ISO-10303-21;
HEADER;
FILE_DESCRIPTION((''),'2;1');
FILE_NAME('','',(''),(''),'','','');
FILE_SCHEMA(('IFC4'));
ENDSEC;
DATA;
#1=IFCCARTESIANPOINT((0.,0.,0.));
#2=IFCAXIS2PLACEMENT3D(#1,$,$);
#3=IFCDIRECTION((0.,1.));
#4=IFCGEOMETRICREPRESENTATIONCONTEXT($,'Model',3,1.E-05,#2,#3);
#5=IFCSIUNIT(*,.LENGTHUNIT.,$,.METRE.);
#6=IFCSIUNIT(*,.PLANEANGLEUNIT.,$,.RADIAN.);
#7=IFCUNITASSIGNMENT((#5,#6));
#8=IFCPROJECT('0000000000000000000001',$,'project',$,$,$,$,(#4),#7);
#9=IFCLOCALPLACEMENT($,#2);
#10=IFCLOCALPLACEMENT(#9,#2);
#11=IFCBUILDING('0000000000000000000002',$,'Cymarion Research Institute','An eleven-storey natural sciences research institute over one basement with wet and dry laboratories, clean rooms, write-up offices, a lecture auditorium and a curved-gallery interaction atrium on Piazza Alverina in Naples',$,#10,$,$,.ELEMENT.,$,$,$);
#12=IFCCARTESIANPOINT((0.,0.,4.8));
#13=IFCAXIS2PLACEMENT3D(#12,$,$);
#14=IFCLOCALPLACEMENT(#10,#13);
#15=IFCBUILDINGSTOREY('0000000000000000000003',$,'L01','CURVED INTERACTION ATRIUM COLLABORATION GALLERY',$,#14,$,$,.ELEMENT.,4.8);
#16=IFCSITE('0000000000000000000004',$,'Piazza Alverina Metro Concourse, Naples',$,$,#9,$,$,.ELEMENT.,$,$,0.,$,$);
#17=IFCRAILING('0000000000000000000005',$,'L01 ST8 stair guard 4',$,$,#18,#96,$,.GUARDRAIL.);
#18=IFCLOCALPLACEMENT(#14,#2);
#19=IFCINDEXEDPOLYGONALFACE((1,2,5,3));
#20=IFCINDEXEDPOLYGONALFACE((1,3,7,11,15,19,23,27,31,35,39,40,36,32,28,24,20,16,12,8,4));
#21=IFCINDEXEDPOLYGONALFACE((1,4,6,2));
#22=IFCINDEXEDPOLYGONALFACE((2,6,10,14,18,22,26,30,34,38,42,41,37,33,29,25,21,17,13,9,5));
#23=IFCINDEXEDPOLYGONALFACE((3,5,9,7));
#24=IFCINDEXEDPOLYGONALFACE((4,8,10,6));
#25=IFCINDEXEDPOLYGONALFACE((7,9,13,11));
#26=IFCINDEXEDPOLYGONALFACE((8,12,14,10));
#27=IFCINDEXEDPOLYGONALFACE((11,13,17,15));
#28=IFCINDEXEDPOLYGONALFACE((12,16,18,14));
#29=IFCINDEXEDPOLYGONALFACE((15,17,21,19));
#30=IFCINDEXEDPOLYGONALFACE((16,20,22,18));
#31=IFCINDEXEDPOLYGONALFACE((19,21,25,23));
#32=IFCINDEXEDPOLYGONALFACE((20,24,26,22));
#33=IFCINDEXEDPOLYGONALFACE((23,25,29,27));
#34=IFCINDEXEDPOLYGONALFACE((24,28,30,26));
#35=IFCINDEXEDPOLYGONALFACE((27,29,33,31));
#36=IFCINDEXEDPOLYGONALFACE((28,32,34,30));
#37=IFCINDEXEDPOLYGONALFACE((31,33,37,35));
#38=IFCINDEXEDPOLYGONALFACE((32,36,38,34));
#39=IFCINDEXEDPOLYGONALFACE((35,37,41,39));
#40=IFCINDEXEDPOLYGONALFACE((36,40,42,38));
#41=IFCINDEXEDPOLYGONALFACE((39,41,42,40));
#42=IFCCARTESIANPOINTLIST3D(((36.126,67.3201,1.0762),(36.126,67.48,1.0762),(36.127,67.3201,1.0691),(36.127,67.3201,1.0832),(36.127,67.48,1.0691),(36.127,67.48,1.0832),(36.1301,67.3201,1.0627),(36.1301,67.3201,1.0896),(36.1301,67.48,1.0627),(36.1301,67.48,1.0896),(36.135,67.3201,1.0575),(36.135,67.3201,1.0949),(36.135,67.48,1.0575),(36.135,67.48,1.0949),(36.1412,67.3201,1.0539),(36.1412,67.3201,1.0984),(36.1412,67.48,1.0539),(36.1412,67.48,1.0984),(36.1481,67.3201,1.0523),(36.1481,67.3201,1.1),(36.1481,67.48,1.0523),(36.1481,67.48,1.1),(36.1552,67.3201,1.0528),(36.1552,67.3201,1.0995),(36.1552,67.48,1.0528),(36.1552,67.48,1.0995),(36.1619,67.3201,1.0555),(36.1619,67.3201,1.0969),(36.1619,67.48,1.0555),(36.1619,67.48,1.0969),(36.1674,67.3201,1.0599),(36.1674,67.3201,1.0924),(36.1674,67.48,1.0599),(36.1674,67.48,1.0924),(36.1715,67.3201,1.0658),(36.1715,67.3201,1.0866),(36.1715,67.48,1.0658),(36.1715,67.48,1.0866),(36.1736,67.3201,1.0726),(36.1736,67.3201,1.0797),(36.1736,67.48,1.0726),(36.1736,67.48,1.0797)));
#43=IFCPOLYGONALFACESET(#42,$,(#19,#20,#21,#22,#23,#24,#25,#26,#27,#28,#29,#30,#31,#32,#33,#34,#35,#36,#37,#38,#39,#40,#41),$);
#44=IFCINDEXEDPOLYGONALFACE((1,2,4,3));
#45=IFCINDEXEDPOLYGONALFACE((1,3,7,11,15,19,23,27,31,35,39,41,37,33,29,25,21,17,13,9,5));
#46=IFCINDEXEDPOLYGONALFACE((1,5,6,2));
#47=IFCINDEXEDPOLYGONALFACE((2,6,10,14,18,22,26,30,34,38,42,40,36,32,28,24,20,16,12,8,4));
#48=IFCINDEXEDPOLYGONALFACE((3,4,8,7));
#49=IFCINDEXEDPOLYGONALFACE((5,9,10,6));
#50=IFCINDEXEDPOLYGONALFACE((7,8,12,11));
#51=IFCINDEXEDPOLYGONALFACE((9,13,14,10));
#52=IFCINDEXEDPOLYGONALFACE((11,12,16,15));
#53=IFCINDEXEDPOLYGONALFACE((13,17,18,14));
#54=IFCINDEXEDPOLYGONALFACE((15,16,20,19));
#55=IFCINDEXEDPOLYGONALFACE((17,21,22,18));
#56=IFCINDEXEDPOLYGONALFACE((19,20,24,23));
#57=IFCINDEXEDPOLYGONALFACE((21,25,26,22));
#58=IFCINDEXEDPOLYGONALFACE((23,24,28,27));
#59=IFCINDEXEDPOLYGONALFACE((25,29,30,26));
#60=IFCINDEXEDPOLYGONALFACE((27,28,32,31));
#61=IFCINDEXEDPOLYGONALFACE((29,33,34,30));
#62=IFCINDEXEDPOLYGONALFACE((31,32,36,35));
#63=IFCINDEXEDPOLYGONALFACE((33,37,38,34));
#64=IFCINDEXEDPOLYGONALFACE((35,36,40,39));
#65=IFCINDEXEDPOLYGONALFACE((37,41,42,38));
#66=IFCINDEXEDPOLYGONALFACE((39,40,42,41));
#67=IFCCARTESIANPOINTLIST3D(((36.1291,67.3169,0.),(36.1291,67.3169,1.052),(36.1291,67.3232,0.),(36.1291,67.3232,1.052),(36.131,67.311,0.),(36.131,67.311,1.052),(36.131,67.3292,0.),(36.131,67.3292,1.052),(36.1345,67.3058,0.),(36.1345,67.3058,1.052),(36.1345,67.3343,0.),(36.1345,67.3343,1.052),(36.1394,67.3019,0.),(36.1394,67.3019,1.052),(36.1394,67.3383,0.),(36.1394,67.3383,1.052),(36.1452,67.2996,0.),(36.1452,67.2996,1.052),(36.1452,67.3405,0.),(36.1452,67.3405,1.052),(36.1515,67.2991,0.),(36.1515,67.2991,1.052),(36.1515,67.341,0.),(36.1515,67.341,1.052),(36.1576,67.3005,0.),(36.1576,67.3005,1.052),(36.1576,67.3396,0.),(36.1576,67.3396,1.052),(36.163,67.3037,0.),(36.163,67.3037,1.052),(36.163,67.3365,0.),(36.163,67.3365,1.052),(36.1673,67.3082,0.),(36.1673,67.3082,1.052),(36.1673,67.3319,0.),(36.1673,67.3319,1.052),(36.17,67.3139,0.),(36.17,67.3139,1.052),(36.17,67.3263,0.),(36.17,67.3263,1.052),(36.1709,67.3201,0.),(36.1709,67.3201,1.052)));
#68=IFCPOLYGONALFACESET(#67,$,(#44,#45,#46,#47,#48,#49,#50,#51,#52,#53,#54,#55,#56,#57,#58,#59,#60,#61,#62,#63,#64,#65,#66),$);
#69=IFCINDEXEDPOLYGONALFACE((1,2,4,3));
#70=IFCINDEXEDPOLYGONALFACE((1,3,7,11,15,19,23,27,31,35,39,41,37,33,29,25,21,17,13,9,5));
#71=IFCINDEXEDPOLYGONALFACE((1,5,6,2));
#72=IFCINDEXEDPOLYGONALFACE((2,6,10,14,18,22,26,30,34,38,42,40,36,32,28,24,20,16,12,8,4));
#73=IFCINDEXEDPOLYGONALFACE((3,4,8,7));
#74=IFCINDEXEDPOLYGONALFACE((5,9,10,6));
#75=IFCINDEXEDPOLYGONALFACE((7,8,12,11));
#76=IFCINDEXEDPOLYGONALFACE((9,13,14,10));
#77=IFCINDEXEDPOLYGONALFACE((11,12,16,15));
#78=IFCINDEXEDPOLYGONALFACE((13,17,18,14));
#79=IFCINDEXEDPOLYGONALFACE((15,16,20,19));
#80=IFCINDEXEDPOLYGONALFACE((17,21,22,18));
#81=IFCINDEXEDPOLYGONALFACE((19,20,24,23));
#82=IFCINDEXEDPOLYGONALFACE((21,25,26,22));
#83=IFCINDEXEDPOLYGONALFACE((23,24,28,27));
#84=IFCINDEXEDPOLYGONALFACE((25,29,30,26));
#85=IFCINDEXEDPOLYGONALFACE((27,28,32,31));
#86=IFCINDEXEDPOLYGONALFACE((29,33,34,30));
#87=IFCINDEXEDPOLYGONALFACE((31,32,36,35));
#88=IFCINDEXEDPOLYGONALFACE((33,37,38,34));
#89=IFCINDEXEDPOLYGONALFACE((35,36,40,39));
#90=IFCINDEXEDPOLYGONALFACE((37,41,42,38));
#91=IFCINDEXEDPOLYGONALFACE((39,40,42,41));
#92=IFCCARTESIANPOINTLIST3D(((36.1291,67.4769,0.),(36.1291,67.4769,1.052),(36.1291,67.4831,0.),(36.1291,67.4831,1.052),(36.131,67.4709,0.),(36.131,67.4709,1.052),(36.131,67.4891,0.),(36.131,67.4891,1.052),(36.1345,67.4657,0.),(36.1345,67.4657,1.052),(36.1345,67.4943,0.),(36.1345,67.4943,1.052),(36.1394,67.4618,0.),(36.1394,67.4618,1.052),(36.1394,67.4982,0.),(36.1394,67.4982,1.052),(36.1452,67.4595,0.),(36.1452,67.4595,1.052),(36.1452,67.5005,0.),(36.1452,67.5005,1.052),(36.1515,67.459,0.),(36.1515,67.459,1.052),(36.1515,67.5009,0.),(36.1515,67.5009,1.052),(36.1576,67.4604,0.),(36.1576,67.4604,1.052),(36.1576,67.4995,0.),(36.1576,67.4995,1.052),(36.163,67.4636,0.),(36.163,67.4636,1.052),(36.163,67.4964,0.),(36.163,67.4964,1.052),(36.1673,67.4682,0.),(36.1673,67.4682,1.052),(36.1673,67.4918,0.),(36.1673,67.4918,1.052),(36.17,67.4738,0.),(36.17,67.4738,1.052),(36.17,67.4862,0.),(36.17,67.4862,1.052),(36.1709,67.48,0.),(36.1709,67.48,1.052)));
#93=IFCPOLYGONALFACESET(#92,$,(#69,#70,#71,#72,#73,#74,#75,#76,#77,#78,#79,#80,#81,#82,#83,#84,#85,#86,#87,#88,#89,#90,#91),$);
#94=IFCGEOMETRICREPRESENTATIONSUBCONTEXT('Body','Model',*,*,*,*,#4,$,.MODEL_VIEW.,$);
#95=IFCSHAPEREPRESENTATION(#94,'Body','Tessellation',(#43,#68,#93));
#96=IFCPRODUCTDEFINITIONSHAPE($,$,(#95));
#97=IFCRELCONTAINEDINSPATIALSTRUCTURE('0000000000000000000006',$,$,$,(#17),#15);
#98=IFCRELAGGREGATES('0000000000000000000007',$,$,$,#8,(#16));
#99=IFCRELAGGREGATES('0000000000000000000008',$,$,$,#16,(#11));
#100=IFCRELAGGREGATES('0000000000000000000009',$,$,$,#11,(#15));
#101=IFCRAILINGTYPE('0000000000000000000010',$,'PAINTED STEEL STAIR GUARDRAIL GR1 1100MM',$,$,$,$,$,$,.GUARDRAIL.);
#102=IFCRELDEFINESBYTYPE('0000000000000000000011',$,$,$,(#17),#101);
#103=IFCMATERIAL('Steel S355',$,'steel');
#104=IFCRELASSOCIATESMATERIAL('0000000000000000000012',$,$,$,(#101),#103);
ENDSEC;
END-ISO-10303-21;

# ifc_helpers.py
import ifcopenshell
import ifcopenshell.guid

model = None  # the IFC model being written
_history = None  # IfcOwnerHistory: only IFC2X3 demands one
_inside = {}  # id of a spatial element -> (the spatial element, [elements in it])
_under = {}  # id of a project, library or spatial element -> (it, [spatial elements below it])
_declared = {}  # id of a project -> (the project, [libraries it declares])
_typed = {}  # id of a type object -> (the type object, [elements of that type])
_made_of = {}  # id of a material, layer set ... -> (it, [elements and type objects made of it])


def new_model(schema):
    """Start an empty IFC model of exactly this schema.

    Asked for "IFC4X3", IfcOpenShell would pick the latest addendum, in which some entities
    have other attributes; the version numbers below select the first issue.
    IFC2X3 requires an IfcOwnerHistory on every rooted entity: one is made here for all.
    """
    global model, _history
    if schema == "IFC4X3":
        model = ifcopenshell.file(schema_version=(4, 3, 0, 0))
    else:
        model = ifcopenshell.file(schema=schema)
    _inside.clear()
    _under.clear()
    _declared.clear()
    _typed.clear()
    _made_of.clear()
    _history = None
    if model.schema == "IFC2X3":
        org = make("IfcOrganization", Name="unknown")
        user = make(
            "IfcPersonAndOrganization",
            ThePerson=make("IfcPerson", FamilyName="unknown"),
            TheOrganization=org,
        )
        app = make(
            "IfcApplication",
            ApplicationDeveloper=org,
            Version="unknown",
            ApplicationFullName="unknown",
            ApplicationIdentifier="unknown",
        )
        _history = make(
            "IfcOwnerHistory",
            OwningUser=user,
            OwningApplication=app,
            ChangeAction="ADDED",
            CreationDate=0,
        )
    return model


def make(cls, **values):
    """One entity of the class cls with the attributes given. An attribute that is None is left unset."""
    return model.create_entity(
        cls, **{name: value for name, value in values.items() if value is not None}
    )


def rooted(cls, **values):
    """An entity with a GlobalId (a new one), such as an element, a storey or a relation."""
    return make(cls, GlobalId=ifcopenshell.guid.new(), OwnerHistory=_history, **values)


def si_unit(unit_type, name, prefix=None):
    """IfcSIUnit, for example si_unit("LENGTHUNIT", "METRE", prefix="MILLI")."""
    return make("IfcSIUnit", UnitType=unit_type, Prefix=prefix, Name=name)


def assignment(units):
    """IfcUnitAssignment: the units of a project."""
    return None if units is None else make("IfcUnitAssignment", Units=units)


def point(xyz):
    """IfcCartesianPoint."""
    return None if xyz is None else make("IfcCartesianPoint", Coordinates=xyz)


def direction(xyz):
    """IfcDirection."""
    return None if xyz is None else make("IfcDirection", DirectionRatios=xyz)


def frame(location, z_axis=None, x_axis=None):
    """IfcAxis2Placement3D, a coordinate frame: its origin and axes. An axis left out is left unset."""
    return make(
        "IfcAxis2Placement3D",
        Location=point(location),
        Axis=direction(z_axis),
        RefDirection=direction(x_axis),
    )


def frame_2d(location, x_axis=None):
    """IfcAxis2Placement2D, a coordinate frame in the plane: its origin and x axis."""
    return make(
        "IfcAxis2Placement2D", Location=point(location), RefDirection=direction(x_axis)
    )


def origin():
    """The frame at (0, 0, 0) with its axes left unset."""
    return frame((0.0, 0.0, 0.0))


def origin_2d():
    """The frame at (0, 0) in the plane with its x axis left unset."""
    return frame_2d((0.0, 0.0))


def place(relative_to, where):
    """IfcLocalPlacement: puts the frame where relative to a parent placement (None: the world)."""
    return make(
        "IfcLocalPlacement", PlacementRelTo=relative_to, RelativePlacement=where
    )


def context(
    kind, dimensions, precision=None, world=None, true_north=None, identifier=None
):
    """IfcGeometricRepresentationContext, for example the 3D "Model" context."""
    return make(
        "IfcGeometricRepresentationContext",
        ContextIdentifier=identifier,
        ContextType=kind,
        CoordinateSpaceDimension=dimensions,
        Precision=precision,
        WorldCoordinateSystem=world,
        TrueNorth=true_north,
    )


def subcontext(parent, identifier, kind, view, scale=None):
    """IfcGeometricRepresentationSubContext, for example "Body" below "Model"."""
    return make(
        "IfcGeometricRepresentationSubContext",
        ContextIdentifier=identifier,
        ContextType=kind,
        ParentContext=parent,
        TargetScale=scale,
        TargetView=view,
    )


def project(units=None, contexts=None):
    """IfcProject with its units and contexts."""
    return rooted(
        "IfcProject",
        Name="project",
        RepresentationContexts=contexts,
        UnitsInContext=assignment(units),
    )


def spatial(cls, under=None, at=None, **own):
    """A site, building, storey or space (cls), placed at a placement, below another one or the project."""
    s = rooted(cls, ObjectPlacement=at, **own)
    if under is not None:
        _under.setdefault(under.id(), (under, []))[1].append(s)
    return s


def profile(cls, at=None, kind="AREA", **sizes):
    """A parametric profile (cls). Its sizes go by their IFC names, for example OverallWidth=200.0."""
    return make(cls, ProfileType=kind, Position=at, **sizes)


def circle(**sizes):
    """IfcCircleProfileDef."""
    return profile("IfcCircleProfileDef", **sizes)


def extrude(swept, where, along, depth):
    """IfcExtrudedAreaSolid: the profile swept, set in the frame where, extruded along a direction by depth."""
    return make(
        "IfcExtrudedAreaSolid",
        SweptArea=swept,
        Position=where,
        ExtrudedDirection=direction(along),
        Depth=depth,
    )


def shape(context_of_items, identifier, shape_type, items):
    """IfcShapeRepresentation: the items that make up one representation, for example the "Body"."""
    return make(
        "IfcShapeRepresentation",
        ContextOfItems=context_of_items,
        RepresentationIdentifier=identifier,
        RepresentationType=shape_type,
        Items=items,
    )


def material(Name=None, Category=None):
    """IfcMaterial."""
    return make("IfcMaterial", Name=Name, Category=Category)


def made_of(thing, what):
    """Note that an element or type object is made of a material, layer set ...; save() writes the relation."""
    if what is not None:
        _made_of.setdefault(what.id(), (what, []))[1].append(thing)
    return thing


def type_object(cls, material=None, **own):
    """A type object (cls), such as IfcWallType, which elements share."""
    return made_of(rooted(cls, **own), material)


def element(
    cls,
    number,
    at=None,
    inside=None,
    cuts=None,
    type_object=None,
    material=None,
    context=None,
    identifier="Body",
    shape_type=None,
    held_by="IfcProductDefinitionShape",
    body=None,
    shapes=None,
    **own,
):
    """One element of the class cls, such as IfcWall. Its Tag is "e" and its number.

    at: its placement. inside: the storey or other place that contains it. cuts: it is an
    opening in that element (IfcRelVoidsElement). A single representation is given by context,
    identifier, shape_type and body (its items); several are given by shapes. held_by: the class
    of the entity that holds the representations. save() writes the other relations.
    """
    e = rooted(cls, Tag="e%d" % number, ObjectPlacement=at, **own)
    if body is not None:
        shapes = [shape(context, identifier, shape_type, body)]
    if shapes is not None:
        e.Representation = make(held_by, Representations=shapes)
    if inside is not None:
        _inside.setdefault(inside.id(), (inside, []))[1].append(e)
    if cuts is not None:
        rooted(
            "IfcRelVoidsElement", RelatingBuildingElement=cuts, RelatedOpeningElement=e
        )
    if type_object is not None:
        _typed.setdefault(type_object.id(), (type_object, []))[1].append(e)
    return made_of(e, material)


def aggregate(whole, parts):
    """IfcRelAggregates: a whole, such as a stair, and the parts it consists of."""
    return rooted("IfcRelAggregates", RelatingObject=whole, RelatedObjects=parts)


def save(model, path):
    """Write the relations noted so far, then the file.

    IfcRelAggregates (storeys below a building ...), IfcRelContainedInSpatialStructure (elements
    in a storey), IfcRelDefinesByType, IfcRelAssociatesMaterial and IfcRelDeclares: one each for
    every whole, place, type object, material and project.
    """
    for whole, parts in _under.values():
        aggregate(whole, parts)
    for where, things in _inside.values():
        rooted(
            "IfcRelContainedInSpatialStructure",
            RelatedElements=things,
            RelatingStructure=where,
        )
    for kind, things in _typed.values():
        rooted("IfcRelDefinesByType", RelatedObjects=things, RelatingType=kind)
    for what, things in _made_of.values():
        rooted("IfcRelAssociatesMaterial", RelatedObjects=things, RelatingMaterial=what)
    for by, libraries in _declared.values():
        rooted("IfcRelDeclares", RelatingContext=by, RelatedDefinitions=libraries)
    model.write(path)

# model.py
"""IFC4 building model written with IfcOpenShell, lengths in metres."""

from ifc_helpers import new_model, si_unit, direction, frame, origin, origin_2d, place, context, subcontext, project, spatial, circle, extrude, material, type_object, element, save


model = new_model("IFC4")

# Units and contexts
model_context = context("Model", 3, precision=1e-05, world=origin(), true_north=direction((0.0, 1.0)))
body_context = subcontext(model_context, "Body", "Model", "MODEL_VIEW")
ifc_project = project(units=[si_unit("LENGTHUNIT", "METRE"), si_unit("PLANEANGLEUNIT", "RADIAN")], contexts=[model_context])

# Site, building, storey
site_placement = place(None, origin())
site = spatial("IfcSite", under=ifc_project, at=site_placement, Name="Piazza Alverina Metro Concourse, Naples", CompositionType="ELEMENT", RefElevation=0.0)
building_placement = place(site_placement, origin())
building = spatial("IfcBuilding", under=site, at=building_placement, Name="Cymarion Research Institute", Description="An eleven-storey natural sciences research institute over one basement with wet and dry laboratories, clean rooms, write-up offices, a lecture auditorium and a curved-gallery interaction atrium on Piazza Alverina in Naples", CompositionType="ELEMENT")
storey_placement = place(building_placement, frame((0.0, 0.0, 4.8)))
storey = spatial("IfcBuildingStorey", under=building, at=storey_placement, Name="L01", Description="CURVED INTERACTION ATRIUM COLLABORATION GALLERY", CompositionType="ELEMENT", Elevation=4.8)

# Shared definitions
ifc_material_1 = material(Name="Steel S355", Category="steel")

# Railing
railing_type_1 = type_object("IfcRailingType", Name="PAINTED STEEL STAIR GUARDRAIL GR1 1100MM", PredefinedType="GUARDRAIL", material=ifc_material_1)
railing_1_placement = place(storey_placement, frame((36.1499, 67.3201, 0.0)))
element("IfcRailing", 1, at=railing_1_placement, inside=storey, type_object=railing_type_1, Name="L01 ST8 stair guard 4", PredefinedType="GUARDRAIL", context=body_context, shape_type="SweptSolid", body=[
    extrude(circle(Radius=0.0239, at=origin_2d()), frame((0.0, 0.0, 1.0762), z_axis=(0.0, 1.0, 0.0), x_axis=(-1.0, 0.0, 0.0)), (0.0, 0.0, 1.0), 0.1599),
    extrude(circle(Radius=0.021, at=origin_2d()), origin(), (0.0, 0.0, 1.0), 1.052),
    extrude(circle(Radius=0.021, at=origin_2d()), frame((0.0, 0.1599, 0.0)), (0.0, 0.0, 1.0), 1.052),
])

save(model, "model.ifc")
